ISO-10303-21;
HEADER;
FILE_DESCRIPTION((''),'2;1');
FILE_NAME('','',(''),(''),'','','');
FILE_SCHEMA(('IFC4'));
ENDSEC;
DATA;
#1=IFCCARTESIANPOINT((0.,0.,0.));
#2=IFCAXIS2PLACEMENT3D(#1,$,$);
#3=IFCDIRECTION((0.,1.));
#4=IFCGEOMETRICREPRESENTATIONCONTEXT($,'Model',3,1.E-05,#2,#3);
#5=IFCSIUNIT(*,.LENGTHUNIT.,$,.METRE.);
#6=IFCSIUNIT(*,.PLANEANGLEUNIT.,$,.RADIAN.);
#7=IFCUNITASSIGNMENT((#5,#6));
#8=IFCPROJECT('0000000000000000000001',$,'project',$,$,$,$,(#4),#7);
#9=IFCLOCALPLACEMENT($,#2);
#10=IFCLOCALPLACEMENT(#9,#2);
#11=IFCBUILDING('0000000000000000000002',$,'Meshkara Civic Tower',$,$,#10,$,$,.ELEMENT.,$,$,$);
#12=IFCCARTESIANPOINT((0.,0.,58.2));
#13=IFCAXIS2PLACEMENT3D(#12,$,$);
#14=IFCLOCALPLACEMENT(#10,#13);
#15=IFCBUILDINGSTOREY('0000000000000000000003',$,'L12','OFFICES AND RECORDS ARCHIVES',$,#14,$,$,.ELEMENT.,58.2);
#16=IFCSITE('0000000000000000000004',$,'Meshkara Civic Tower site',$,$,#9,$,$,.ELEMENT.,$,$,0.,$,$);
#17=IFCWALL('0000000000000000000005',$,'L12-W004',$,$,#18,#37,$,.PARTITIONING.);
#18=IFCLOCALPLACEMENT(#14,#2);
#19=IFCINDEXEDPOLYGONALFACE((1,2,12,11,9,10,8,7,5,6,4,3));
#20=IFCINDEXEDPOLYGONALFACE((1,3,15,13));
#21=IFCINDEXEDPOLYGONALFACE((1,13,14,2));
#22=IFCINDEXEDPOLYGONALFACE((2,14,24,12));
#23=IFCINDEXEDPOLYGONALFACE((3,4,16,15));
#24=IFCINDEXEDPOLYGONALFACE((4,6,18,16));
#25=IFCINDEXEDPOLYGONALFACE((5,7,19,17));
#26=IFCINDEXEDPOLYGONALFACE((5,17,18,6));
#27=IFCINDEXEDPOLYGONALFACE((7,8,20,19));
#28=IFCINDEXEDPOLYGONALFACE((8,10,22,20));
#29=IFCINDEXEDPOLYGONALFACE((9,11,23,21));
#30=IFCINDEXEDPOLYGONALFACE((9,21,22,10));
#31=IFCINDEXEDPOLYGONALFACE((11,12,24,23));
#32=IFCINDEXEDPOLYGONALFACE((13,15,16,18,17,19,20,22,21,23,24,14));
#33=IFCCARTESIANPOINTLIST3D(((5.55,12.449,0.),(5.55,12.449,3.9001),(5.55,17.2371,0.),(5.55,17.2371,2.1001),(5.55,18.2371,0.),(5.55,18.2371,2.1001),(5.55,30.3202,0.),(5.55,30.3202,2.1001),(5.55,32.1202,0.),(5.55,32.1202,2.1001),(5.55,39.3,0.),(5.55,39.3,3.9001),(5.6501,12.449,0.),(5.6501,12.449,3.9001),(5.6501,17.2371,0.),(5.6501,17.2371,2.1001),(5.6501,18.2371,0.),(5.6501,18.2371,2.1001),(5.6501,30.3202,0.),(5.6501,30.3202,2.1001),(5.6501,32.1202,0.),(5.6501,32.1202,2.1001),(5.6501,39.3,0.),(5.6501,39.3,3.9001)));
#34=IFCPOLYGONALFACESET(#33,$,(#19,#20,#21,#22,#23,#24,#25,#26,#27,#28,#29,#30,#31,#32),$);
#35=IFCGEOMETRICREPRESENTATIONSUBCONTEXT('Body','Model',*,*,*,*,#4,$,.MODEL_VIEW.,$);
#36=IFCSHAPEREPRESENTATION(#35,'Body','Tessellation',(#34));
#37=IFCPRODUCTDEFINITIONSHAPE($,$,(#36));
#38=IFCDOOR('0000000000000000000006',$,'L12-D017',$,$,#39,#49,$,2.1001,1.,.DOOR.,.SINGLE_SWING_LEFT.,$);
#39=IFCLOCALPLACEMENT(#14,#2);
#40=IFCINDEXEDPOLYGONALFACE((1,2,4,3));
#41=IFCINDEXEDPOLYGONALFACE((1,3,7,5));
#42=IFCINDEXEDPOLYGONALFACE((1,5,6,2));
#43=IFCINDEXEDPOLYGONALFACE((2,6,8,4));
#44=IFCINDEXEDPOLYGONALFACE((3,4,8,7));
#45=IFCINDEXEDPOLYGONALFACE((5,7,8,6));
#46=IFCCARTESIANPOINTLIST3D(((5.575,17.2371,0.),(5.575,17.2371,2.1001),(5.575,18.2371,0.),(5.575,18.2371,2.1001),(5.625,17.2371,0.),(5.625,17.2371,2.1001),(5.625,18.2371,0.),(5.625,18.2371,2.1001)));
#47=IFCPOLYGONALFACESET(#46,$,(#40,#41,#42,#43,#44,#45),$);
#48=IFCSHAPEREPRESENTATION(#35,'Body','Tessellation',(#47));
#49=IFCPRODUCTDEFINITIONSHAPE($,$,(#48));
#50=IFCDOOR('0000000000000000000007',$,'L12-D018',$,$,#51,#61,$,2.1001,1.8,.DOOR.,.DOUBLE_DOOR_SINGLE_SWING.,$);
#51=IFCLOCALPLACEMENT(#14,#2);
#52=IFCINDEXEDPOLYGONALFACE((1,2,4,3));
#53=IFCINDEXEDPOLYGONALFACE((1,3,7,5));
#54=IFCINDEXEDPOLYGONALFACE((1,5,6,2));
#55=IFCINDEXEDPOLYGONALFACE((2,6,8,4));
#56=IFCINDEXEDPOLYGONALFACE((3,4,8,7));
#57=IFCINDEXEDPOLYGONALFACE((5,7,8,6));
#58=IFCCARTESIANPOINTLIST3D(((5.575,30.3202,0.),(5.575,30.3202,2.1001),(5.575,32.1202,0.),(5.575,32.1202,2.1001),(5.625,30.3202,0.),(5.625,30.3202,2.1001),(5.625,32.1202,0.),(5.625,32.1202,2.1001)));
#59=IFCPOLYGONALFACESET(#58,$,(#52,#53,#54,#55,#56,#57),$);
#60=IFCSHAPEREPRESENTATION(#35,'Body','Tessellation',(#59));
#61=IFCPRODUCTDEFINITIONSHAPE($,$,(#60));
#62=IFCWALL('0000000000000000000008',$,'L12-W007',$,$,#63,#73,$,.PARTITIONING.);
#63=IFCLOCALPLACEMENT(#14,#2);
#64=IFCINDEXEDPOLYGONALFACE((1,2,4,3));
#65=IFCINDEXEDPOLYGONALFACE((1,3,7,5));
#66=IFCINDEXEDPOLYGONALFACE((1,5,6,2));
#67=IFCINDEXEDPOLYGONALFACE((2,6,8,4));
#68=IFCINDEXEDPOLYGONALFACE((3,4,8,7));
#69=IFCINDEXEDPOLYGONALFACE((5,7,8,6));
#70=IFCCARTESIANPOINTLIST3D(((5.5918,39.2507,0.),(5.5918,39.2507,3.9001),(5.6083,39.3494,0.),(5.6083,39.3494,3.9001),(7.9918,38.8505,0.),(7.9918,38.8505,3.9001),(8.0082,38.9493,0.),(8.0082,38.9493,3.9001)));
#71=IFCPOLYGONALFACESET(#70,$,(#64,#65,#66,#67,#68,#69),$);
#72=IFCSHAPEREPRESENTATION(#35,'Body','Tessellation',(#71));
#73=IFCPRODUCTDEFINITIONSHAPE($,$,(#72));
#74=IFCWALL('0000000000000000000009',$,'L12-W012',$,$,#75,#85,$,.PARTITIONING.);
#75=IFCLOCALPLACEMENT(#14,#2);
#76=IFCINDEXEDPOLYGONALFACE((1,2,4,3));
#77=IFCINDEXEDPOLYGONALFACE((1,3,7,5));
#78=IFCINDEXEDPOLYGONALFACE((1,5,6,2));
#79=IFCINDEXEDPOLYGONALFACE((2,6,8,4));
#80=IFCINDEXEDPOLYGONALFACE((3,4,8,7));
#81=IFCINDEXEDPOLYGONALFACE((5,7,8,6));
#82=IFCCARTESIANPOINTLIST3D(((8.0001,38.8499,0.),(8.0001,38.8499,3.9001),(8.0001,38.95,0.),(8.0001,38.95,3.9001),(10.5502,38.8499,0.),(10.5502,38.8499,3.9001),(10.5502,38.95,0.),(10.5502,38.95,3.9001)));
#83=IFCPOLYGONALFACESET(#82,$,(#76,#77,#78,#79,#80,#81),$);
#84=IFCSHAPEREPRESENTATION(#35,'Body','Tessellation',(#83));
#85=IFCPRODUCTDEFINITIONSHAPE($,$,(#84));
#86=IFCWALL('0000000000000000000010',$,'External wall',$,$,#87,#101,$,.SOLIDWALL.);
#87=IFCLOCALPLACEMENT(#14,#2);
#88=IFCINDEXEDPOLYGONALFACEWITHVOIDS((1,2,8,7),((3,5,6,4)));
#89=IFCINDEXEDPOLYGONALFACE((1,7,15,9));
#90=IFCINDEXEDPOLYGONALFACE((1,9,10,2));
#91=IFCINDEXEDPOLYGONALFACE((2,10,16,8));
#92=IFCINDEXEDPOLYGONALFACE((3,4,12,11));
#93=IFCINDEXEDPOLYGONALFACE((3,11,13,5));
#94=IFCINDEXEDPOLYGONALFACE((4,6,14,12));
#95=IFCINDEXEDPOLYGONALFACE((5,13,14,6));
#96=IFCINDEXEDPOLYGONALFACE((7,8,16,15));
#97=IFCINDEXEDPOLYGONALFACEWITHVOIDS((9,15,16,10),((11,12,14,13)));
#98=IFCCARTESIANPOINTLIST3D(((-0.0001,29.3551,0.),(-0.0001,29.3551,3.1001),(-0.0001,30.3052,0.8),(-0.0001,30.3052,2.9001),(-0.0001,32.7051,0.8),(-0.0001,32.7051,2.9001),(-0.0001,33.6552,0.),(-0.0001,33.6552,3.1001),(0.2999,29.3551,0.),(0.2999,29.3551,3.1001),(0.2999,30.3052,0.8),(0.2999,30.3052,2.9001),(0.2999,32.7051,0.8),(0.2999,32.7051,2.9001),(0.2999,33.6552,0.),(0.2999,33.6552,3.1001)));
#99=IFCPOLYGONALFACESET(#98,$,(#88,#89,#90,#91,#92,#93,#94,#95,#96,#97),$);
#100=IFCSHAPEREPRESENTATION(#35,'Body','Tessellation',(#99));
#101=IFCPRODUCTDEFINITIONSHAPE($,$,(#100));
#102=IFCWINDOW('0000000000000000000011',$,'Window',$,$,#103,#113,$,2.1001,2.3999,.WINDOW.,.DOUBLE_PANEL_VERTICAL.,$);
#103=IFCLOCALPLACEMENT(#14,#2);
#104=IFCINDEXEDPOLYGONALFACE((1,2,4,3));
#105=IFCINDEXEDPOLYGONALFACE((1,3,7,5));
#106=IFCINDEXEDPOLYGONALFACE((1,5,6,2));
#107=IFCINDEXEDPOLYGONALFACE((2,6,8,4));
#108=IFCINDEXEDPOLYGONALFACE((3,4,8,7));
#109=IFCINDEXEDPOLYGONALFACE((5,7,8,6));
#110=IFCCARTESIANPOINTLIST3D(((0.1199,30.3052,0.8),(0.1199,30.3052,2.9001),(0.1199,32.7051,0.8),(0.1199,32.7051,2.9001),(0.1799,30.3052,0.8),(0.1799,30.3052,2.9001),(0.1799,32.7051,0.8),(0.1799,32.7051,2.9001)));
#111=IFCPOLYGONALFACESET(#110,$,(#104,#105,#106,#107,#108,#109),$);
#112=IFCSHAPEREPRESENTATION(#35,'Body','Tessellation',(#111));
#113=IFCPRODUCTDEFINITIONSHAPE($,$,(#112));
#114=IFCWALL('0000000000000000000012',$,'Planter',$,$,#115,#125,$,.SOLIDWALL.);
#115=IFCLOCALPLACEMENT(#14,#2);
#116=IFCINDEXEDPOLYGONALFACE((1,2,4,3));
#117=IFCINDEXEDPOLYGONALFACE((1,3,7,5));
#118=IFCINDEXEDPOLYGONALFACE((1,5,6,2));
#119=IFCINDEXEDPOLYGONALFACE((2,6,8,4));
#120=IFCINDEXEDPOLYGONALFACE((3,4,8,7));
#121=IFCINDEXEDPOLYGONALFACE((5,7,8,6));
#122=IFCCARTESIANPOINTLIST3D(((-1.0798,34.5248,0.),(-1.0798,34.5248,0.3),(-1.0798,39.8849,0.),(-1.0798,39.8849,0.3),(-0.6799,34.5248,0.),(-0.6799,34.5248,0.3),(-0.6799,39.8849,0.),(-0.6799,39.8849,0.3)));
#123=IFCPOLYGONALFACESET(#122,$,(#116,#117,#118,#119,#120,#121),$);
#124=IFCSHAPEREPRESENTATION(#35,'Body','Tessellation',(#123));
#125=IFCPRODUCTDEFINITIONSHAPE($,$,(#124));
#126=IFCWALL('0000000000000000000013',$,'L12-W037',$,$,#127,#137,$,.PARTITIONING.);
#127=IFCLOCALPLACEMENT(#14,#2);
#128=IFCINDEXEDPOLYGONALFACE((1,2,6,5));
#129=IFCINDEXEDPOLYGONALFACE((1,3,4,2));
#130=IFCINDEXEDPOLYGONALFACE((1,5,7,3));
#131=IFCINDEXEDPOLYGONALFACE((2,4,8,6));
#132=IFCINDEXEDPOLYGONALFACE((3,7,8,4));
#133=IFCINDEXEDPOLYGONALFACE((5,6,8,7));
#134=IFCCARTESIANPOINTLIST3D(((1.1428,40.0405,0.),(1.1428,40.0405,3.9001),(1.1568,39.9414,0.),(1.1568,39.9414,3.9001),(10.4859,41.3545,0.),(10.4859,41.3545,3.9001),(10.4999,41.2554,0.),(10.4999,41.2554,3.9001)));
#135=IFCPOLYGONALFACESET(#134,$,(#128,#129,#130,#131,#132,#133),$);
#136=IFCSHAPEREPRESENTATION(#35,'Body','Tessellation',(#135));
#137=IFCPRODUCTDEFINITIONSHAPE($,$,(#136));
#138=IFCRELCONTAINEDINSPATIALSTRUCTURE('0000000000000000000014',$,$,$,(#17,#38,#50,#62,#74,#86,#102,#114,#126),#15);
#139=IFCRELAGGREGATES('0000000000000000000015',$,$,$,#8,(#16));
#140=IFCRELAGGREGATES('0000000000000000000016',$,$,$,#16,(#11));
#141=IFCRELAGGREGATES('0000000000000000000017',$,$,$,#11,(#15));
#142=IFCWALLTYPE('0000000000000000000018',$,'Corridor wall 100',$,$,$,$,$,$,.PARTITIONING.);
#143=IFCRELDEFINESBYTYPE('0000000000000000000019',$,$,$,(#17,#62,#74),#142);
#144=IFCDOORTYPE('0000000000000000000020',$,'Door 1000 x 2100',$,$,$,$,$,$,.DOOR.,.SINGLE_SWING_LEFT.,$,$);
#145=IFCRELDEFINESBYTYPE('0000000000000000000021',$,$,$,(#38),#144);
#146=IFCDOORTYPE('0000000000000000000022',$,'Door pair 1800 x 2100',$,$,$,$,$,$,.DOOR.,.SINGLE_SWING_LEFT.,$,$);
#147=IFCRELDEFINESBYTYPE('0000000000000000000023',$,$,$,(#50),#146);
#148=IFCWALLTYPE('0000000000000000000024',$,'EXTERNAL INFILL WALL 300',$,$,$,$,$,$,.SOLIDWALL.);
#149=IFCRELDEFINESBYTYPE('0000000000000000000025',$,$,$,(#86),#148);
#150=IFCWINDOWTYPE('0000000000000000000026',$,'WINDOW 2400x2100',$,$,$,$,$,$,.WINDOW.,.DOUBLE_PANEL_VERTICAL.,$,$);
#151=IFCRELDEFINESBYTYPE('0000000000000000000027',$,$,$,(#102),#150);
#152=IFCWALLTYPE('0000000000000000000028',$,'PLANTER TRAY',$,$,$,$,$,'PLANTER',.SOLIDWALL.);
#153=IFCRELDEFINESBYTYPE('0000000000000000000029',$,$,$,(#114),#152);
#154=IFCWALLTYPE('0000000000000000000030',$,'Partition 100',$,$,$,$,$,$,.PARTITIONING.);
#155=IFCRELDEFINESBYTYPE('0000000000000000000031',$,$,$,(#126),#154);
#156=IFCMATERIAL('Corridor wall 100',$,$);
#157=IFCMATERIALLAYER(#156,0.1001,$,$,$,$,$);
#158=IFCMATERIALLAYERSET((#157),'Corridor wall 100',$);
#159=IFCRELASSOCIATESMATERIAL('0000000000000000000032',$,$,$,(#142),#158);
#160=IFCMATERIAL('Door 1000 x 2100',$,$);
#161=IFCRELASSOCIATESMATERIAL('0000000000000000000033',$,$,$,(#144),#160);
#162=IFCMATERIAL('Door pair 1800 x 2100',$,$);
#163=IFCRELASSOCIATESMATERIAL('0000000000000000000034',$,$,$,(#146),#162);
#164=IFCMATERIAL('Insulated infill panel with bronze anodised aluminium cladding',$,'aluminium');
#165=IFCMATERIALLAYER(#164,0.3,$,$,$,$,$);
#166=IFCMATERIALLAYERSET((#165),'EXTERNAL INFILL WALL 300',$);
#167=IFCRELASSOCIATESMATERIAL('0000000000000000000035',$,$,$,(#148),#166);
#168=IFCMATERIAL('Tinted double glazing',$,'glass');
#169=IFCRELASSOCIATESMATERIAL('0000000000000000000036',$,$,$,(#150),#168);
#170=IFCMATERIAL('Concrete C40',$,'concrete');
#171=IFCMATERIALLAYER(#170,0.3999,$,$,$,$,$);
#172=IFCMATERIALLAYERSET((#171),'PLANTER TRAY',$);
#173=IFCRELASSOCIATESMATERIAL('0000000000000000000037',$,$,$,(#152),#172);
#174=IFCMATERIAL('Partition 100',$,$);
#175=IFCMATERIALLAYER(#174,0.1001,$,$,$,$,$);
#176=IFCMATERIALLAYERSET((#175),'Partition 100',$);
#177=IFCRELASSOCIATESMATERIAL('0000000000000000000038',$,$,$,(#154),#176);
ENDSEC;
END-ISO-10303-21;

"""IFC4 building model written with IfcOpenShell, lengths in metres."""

from ifc_helpers import new_model, si_unit, direction, frame, frame_2d, origin, place, context, subcontext, project, spatial, rectangle, extrude, material, layer, layer_set, type_object, element, fill, save


model = new_model("IFC4")

# Units and contexts
model_context = context("Model", 3, precision=1e-05, world=origin(), true_north=direction((0.0, 1.0)))
body_context = subcontext(model_context, "Body", "Model", "MODEL_VIEW")
ifc_project = project(units=[si_unit("LENGTHUNIT", "METRE"), si_unit("PLANEANGLEUNIT", "RADIAN")], contexts=[model_context])

# Site, building, storey
site_placement = place(None, origin())
site = spatial("IfcSite", under=ifc_project, at=site_placement, Name="Meshkara Civic Tower site", CompositionType="ELEMENT", RefElevation=0.0)
building_placement = place(site_placement, origin())
building = spatial("IfcBuilding", under=site, at=building_placement, Name="Meshkara Civic Tower", CompositionType="ELEMENT")
storey_placement = place(building_placement, frame((0.0, 0.0, 58.2)))
storey = spatial("IfcBuildingStorey", under=building, at=storey_placement, Name="L12", Description="OFFICES AND RECORDS ARCHIVES", CompositionType="ELEMENT", Elevation=58.2)

# Wall, openings, doors
ifc_material_1 = material(Name="Corridor wall 100")
ifc_layer_1 = layer(ifc_material_1, 0.1001)
ifc_layer_set_1 = layer_set([ifc_layer_1], Name="Corridor wall 100")
wall_type_1 = type_object("IfcWallType", Name="Corridor wall 100", PredefinedType="PARTITIONING", material=ifc_layer_set_1)
wall_1_placement = place(storey_placement, frame((5.6001, 39.3, 0.0), z_axis=(0.0, 0.0, 1.0), x_axis=(0.0, -1.0, 0.0)))
wall_1 = element("IfcWall", 1, at=wall_1_placement, inside=storey, type_object=wall_type_1, Name="L12-W004", PredefinedType="PARTITIONING", context=body_context, shape_type="SweptSolid", body=[
    extrude(rectangle(XDim=26.8511, YDim=0.1001, at=frame_2d((13.4255, 0.0))), origin(), (0.0, 0.0, 1.0), 3.9001),
])
opening_1_placement = place(wall_1_placement, frame((21.063, 0.0, 0.0)))
opening_1 = element("IfcOpeningElement", 2, at=opening_1_placement, cuts=wall_1, PredefinedType="OPENING", context=body_context, shape_type="SweptSolid", body=[
    extrude(rectangle(XDim=1.0, YDim=2.1001, at=frame_2d((0.5, 1.05))), frame((0.0, 0.0601, 0.0), z_axis=(0.0, -1.0, 0.0), x_axis=(1.0, 0.0, 0.0)), (0.0, 0.0, 1.0), 0.1201),
])
opening_2_placement = place(wall_1_placement, frame((7.1799, 0.0, 0.0)))
opening_2 = element("IfcOpeningElement", 3, at=opening_2_placement, cuts=wall_1, PredefinedType="OPENING", context=body_context, shape_type="SweptSolid", body=[
    extrude(rectangle(XDim=1.8, YDim=2.1001, at=frame_2d((0.8999, 1.05))), frame((0.0, 0.0601, 0.0), z_axis=(0.0, -1.0, 0.0), x_axis=(1.0, 0.0, 0.0)), (0.0, 0.0, 1.0), 0.1201),
])
ifc_material_2 = material(Name="Door 1000 x 2100")
door_type_1 = type_object("IfcDoorType", Name="Door 1000 x 2100", OperationType="SINGLE_SWING_LEFT", PredefinedType="DOOR", material=ifc_material_2)
door_1_placement = place(opening_1_placement, origin())
door_1 = element("IfcDoor", 4, at=door_1_placement, inside=storey, type_object=door_type_1, Name="L12-D017", OperationType="SINGLE_SWING_LEFT", OverallHeight=2.1001, OverallWidth=1.0, PredefinedType="DOOR", context=body_context, shape_type="SweptSolid", body=[
    extrude(rectangle(XDim=1.0, YDim=2.1001, at=frame_2d((0.5, 1.05))), frame((0.0, 0.0249, 0.0), z_axis=(0.0, -1.0, 0.0), x_axis=(1.0, 0.0, 0.0)), (0.0, 0.0, 1.0), 0.05),
])
fill(opening_1, door_1)
ifc_material_3 = material(Name="Door pair 1800 x 2100")
door_type_2 = type_object("IfcDoorType", Name="Door pair 1800 x 2100", OperationType="SINGLE_SWING_LEFT", PredefinedType="DOOR", material=ifc_material_3)
door_2_placement = place(opening_2_placement, origin())
door_2 = element("IfcDoor", 5, at=door_2_placement, inside=storey, type_object=door_type_2, Name="L12-D018", OperationType="DOUBLE_DOOR_SINGLE_SWING", OverallHeight=2.1001, OverallWidth=1.8, PredefinedType="DOOR", context=body_context, shape_type="SweptSolid", body=[
    extrude(rectangle(XDim=1.8, YDim=2.1001, at=frame_2d((0.8999, 1.05))), frame((0.0, 0.0249, 0.0), z_axis=(0.0, -1.0, 0.0), x_axis=(1.0, 0.0, 0.0)), (0.0, 0.0, 1.0), 0.05),
])
fill(opening_2, door_2)

# Walls
wall_2_placement = place(storey_placement, frame((8.0, 38.8999, 0.0), z_axis=(0.0, 0.0, 1.0), x_axis=(-0.986383, 0.164464, 0.0)))
element("IfcWall", 6, at=wall_2_placement, inside=storey, type_object=wall_type_1, Name="L12-W007", PredefinedType="PARTITIONING", context=body_context, shape_type="SweptSolid", body=[
    extrude(rectangle(XDim=2.4331, YDim=0.1001, at=frame_2d((1.2166, 0.0))), origin(), (0.0, 0.0, 1.0), 3.9001),
])
wall_3_placement = place(storey_placement, frame((10.55, 38.8999, 0.0), z_axis=(0.0, 0.0, 1.0), x_axis=(-1.0, 0.0, 0.0)))
element("IfcWall", 7, at=wall_3_placement, inside=storey, type_object=wall_type_1, Name="L12-W012", PredefinedType="PARTITIONING", context=body_context, shape_type="SweptSolid", body=[
    extrude(rectangle(XDim=2.55, YDim=0.1001, at=frame_2d((1.2749, 0.0))), origin(), (0.0, 0.0, 1.0), 3.9001),
])

# Wall, opening, window
ifc_material_4 = material(Name="Insulated infill panel with bronze anodised aluminium cladding", Category="aluminium")
ifc_layer_2 = layer(ifc_material_4, 0.3)
ifc_layer_set_2 = layer_set([ifc_layer_2], Name="EXTERNAL INFILL WALL 300")
wall_type_2 = type_object("IfcWallType", Name="EXTERNAL INFILL WALL 300", PredefinedType="SOLIDWALL", material=ifc_layer_set_2)
wall_4_placement = place(storey_placement, frame((0.1499, 33.655, 0.0), z_axis=(0.0, 0.0, 1.0), x_axis=(0.0, -1.0, 0.0)))
wall_4 = element("IfcWall", 8, at=wall_4_placement, inside=storey, type_object=wall_type_2, Name="External wall", PredefinedType="SOLIDWALL", context=body_context, shape_type="SweptSolid", body=[
    extrude(rectangle(XDim=4.3, YDim=0.3, at=frame_2d((2.1499, 0.0))), origin(), (0.0, 0.0, 1.0), 3.1001),
])
opening_3_placement = place(wall_4_placement, frame((0.95, 0.0, 0.8)))
opening_3 = element("IfcOpeningElement", 9, at=opening_3_placement, cuts=wall_4, PredefinedType="OPENING", context=body_context, shape_type="SweptSolid", body=[
    extrude(rectangle(XDim=2.3999, YDim=2.1001, at=frame_2d((1.2, 1.05))), frame((0.0, 0.1599, 0.0), z_axis=(0.0, -1.0, 0.0), x_axis=(1.0, 0.0, 0.0)), (0.0, 0.0, 1.0), 0.3201),
])
ifc_material_5 = material(Name="Tinted double glazing", Category="glass")
window_type = type_object("IfcWindowType", Name="WINDOW 2400x2100", PartitioningType="DOUBLE_PANEL_VERTICAL", PredefinedType="WINDOW", material=ifc_material_5)
window_placement = place(opening_3_placement, origin())
window = element("IfcWindow", 10, at=window_placement, inside=storey, type_object=window_type, Name="Window", OverallHeight=2.1001, OverallWidth=2.3999, PartitioningType="DOUBLE_PANEL_VERTICAL", PredefinedType="WINDOW", context=body_context, shape_type="SweptSolid", body=[
    extrude(rectangle(XDim=2.3999, YDim=2.1001, at=frame_2d((1.2, 1.05))), frame((0.0, 0.03, 0.0), z_axis=(0.0, -1.0, 0.0), x_axis=(1.0, 0.0, 0.0)), (0.0, 0.0, 1.0), 0.0601),
])
fill(opening_3, window)

# Walls
ifc_material_6 = material(Name="Concrete C40", Category="concrete")
ifc_layer_3 = layer(ifc_material_6, 0.3999)
ifc_layer_set_3 = layer_set([ifc_layer_3], Name="PLANTER TRAY")
wall_type_3 = type_object("IfcWallType", Name="PLANTER TRAY", ElementType="PLANTER", PredefinedType="SOLIDWALL", material=ifc_layer_set_3)
wall_5_placement = place(storey_placement, frame((-0.8799, 39.885, 0.0), z_axis=(0.0, 0.0, 1.0), x_axis=(0.0, -1.0, 0.0)))
element("IfcWall", 11, at=wall_5_placement, inside=storey, type_object=wall_type_3, Name="Planter", PredefinedType="SOLIDWALL", context=body_context, shape_type="SweptSolid", body=[
    extrude(rectangle(XDim=5.3601, YDim=0.3999, at=frame_2d((2.6802, 0.0))), origin(), (0.0, 0.0, 1.0), 0.3),
])
ifc_material_7 = material(Name="Partition 100")
ifc_layer_4 = layer(ifc_material_7, 0.1001)
ifc_layer_set_4 = layer_set([ifc_layer_4], Name="Partition 100")
wall_type_4 = type_object("IfcWallType", Name="Partition 100", PredefinedType="PARTITIONING", material=ifc_layer_set_4)
wall_6_placement = place(storey_placement, frame((10.4929, 41.3049, 0.0), z_axis=(0.0, 0.0, 1.0), x_axis=(-0.990255, -0.139266, 0.0)))
element("IfcWall", 12, at=wall_6_placement, inside=storey, type_object=wall_type_4, Name="L12-W037", PredefinedType="PARTITIONING", context=body_context, shape_type="SweptSolid", body=[
    extrude(rectangle(XDim=9.4351, YDim=0.1001, at=frame_2d((4.7175, 0.0))), origin(), (0.0, 0.0, 1.0), 3.9001),
])

save(model, "model.ifc")
